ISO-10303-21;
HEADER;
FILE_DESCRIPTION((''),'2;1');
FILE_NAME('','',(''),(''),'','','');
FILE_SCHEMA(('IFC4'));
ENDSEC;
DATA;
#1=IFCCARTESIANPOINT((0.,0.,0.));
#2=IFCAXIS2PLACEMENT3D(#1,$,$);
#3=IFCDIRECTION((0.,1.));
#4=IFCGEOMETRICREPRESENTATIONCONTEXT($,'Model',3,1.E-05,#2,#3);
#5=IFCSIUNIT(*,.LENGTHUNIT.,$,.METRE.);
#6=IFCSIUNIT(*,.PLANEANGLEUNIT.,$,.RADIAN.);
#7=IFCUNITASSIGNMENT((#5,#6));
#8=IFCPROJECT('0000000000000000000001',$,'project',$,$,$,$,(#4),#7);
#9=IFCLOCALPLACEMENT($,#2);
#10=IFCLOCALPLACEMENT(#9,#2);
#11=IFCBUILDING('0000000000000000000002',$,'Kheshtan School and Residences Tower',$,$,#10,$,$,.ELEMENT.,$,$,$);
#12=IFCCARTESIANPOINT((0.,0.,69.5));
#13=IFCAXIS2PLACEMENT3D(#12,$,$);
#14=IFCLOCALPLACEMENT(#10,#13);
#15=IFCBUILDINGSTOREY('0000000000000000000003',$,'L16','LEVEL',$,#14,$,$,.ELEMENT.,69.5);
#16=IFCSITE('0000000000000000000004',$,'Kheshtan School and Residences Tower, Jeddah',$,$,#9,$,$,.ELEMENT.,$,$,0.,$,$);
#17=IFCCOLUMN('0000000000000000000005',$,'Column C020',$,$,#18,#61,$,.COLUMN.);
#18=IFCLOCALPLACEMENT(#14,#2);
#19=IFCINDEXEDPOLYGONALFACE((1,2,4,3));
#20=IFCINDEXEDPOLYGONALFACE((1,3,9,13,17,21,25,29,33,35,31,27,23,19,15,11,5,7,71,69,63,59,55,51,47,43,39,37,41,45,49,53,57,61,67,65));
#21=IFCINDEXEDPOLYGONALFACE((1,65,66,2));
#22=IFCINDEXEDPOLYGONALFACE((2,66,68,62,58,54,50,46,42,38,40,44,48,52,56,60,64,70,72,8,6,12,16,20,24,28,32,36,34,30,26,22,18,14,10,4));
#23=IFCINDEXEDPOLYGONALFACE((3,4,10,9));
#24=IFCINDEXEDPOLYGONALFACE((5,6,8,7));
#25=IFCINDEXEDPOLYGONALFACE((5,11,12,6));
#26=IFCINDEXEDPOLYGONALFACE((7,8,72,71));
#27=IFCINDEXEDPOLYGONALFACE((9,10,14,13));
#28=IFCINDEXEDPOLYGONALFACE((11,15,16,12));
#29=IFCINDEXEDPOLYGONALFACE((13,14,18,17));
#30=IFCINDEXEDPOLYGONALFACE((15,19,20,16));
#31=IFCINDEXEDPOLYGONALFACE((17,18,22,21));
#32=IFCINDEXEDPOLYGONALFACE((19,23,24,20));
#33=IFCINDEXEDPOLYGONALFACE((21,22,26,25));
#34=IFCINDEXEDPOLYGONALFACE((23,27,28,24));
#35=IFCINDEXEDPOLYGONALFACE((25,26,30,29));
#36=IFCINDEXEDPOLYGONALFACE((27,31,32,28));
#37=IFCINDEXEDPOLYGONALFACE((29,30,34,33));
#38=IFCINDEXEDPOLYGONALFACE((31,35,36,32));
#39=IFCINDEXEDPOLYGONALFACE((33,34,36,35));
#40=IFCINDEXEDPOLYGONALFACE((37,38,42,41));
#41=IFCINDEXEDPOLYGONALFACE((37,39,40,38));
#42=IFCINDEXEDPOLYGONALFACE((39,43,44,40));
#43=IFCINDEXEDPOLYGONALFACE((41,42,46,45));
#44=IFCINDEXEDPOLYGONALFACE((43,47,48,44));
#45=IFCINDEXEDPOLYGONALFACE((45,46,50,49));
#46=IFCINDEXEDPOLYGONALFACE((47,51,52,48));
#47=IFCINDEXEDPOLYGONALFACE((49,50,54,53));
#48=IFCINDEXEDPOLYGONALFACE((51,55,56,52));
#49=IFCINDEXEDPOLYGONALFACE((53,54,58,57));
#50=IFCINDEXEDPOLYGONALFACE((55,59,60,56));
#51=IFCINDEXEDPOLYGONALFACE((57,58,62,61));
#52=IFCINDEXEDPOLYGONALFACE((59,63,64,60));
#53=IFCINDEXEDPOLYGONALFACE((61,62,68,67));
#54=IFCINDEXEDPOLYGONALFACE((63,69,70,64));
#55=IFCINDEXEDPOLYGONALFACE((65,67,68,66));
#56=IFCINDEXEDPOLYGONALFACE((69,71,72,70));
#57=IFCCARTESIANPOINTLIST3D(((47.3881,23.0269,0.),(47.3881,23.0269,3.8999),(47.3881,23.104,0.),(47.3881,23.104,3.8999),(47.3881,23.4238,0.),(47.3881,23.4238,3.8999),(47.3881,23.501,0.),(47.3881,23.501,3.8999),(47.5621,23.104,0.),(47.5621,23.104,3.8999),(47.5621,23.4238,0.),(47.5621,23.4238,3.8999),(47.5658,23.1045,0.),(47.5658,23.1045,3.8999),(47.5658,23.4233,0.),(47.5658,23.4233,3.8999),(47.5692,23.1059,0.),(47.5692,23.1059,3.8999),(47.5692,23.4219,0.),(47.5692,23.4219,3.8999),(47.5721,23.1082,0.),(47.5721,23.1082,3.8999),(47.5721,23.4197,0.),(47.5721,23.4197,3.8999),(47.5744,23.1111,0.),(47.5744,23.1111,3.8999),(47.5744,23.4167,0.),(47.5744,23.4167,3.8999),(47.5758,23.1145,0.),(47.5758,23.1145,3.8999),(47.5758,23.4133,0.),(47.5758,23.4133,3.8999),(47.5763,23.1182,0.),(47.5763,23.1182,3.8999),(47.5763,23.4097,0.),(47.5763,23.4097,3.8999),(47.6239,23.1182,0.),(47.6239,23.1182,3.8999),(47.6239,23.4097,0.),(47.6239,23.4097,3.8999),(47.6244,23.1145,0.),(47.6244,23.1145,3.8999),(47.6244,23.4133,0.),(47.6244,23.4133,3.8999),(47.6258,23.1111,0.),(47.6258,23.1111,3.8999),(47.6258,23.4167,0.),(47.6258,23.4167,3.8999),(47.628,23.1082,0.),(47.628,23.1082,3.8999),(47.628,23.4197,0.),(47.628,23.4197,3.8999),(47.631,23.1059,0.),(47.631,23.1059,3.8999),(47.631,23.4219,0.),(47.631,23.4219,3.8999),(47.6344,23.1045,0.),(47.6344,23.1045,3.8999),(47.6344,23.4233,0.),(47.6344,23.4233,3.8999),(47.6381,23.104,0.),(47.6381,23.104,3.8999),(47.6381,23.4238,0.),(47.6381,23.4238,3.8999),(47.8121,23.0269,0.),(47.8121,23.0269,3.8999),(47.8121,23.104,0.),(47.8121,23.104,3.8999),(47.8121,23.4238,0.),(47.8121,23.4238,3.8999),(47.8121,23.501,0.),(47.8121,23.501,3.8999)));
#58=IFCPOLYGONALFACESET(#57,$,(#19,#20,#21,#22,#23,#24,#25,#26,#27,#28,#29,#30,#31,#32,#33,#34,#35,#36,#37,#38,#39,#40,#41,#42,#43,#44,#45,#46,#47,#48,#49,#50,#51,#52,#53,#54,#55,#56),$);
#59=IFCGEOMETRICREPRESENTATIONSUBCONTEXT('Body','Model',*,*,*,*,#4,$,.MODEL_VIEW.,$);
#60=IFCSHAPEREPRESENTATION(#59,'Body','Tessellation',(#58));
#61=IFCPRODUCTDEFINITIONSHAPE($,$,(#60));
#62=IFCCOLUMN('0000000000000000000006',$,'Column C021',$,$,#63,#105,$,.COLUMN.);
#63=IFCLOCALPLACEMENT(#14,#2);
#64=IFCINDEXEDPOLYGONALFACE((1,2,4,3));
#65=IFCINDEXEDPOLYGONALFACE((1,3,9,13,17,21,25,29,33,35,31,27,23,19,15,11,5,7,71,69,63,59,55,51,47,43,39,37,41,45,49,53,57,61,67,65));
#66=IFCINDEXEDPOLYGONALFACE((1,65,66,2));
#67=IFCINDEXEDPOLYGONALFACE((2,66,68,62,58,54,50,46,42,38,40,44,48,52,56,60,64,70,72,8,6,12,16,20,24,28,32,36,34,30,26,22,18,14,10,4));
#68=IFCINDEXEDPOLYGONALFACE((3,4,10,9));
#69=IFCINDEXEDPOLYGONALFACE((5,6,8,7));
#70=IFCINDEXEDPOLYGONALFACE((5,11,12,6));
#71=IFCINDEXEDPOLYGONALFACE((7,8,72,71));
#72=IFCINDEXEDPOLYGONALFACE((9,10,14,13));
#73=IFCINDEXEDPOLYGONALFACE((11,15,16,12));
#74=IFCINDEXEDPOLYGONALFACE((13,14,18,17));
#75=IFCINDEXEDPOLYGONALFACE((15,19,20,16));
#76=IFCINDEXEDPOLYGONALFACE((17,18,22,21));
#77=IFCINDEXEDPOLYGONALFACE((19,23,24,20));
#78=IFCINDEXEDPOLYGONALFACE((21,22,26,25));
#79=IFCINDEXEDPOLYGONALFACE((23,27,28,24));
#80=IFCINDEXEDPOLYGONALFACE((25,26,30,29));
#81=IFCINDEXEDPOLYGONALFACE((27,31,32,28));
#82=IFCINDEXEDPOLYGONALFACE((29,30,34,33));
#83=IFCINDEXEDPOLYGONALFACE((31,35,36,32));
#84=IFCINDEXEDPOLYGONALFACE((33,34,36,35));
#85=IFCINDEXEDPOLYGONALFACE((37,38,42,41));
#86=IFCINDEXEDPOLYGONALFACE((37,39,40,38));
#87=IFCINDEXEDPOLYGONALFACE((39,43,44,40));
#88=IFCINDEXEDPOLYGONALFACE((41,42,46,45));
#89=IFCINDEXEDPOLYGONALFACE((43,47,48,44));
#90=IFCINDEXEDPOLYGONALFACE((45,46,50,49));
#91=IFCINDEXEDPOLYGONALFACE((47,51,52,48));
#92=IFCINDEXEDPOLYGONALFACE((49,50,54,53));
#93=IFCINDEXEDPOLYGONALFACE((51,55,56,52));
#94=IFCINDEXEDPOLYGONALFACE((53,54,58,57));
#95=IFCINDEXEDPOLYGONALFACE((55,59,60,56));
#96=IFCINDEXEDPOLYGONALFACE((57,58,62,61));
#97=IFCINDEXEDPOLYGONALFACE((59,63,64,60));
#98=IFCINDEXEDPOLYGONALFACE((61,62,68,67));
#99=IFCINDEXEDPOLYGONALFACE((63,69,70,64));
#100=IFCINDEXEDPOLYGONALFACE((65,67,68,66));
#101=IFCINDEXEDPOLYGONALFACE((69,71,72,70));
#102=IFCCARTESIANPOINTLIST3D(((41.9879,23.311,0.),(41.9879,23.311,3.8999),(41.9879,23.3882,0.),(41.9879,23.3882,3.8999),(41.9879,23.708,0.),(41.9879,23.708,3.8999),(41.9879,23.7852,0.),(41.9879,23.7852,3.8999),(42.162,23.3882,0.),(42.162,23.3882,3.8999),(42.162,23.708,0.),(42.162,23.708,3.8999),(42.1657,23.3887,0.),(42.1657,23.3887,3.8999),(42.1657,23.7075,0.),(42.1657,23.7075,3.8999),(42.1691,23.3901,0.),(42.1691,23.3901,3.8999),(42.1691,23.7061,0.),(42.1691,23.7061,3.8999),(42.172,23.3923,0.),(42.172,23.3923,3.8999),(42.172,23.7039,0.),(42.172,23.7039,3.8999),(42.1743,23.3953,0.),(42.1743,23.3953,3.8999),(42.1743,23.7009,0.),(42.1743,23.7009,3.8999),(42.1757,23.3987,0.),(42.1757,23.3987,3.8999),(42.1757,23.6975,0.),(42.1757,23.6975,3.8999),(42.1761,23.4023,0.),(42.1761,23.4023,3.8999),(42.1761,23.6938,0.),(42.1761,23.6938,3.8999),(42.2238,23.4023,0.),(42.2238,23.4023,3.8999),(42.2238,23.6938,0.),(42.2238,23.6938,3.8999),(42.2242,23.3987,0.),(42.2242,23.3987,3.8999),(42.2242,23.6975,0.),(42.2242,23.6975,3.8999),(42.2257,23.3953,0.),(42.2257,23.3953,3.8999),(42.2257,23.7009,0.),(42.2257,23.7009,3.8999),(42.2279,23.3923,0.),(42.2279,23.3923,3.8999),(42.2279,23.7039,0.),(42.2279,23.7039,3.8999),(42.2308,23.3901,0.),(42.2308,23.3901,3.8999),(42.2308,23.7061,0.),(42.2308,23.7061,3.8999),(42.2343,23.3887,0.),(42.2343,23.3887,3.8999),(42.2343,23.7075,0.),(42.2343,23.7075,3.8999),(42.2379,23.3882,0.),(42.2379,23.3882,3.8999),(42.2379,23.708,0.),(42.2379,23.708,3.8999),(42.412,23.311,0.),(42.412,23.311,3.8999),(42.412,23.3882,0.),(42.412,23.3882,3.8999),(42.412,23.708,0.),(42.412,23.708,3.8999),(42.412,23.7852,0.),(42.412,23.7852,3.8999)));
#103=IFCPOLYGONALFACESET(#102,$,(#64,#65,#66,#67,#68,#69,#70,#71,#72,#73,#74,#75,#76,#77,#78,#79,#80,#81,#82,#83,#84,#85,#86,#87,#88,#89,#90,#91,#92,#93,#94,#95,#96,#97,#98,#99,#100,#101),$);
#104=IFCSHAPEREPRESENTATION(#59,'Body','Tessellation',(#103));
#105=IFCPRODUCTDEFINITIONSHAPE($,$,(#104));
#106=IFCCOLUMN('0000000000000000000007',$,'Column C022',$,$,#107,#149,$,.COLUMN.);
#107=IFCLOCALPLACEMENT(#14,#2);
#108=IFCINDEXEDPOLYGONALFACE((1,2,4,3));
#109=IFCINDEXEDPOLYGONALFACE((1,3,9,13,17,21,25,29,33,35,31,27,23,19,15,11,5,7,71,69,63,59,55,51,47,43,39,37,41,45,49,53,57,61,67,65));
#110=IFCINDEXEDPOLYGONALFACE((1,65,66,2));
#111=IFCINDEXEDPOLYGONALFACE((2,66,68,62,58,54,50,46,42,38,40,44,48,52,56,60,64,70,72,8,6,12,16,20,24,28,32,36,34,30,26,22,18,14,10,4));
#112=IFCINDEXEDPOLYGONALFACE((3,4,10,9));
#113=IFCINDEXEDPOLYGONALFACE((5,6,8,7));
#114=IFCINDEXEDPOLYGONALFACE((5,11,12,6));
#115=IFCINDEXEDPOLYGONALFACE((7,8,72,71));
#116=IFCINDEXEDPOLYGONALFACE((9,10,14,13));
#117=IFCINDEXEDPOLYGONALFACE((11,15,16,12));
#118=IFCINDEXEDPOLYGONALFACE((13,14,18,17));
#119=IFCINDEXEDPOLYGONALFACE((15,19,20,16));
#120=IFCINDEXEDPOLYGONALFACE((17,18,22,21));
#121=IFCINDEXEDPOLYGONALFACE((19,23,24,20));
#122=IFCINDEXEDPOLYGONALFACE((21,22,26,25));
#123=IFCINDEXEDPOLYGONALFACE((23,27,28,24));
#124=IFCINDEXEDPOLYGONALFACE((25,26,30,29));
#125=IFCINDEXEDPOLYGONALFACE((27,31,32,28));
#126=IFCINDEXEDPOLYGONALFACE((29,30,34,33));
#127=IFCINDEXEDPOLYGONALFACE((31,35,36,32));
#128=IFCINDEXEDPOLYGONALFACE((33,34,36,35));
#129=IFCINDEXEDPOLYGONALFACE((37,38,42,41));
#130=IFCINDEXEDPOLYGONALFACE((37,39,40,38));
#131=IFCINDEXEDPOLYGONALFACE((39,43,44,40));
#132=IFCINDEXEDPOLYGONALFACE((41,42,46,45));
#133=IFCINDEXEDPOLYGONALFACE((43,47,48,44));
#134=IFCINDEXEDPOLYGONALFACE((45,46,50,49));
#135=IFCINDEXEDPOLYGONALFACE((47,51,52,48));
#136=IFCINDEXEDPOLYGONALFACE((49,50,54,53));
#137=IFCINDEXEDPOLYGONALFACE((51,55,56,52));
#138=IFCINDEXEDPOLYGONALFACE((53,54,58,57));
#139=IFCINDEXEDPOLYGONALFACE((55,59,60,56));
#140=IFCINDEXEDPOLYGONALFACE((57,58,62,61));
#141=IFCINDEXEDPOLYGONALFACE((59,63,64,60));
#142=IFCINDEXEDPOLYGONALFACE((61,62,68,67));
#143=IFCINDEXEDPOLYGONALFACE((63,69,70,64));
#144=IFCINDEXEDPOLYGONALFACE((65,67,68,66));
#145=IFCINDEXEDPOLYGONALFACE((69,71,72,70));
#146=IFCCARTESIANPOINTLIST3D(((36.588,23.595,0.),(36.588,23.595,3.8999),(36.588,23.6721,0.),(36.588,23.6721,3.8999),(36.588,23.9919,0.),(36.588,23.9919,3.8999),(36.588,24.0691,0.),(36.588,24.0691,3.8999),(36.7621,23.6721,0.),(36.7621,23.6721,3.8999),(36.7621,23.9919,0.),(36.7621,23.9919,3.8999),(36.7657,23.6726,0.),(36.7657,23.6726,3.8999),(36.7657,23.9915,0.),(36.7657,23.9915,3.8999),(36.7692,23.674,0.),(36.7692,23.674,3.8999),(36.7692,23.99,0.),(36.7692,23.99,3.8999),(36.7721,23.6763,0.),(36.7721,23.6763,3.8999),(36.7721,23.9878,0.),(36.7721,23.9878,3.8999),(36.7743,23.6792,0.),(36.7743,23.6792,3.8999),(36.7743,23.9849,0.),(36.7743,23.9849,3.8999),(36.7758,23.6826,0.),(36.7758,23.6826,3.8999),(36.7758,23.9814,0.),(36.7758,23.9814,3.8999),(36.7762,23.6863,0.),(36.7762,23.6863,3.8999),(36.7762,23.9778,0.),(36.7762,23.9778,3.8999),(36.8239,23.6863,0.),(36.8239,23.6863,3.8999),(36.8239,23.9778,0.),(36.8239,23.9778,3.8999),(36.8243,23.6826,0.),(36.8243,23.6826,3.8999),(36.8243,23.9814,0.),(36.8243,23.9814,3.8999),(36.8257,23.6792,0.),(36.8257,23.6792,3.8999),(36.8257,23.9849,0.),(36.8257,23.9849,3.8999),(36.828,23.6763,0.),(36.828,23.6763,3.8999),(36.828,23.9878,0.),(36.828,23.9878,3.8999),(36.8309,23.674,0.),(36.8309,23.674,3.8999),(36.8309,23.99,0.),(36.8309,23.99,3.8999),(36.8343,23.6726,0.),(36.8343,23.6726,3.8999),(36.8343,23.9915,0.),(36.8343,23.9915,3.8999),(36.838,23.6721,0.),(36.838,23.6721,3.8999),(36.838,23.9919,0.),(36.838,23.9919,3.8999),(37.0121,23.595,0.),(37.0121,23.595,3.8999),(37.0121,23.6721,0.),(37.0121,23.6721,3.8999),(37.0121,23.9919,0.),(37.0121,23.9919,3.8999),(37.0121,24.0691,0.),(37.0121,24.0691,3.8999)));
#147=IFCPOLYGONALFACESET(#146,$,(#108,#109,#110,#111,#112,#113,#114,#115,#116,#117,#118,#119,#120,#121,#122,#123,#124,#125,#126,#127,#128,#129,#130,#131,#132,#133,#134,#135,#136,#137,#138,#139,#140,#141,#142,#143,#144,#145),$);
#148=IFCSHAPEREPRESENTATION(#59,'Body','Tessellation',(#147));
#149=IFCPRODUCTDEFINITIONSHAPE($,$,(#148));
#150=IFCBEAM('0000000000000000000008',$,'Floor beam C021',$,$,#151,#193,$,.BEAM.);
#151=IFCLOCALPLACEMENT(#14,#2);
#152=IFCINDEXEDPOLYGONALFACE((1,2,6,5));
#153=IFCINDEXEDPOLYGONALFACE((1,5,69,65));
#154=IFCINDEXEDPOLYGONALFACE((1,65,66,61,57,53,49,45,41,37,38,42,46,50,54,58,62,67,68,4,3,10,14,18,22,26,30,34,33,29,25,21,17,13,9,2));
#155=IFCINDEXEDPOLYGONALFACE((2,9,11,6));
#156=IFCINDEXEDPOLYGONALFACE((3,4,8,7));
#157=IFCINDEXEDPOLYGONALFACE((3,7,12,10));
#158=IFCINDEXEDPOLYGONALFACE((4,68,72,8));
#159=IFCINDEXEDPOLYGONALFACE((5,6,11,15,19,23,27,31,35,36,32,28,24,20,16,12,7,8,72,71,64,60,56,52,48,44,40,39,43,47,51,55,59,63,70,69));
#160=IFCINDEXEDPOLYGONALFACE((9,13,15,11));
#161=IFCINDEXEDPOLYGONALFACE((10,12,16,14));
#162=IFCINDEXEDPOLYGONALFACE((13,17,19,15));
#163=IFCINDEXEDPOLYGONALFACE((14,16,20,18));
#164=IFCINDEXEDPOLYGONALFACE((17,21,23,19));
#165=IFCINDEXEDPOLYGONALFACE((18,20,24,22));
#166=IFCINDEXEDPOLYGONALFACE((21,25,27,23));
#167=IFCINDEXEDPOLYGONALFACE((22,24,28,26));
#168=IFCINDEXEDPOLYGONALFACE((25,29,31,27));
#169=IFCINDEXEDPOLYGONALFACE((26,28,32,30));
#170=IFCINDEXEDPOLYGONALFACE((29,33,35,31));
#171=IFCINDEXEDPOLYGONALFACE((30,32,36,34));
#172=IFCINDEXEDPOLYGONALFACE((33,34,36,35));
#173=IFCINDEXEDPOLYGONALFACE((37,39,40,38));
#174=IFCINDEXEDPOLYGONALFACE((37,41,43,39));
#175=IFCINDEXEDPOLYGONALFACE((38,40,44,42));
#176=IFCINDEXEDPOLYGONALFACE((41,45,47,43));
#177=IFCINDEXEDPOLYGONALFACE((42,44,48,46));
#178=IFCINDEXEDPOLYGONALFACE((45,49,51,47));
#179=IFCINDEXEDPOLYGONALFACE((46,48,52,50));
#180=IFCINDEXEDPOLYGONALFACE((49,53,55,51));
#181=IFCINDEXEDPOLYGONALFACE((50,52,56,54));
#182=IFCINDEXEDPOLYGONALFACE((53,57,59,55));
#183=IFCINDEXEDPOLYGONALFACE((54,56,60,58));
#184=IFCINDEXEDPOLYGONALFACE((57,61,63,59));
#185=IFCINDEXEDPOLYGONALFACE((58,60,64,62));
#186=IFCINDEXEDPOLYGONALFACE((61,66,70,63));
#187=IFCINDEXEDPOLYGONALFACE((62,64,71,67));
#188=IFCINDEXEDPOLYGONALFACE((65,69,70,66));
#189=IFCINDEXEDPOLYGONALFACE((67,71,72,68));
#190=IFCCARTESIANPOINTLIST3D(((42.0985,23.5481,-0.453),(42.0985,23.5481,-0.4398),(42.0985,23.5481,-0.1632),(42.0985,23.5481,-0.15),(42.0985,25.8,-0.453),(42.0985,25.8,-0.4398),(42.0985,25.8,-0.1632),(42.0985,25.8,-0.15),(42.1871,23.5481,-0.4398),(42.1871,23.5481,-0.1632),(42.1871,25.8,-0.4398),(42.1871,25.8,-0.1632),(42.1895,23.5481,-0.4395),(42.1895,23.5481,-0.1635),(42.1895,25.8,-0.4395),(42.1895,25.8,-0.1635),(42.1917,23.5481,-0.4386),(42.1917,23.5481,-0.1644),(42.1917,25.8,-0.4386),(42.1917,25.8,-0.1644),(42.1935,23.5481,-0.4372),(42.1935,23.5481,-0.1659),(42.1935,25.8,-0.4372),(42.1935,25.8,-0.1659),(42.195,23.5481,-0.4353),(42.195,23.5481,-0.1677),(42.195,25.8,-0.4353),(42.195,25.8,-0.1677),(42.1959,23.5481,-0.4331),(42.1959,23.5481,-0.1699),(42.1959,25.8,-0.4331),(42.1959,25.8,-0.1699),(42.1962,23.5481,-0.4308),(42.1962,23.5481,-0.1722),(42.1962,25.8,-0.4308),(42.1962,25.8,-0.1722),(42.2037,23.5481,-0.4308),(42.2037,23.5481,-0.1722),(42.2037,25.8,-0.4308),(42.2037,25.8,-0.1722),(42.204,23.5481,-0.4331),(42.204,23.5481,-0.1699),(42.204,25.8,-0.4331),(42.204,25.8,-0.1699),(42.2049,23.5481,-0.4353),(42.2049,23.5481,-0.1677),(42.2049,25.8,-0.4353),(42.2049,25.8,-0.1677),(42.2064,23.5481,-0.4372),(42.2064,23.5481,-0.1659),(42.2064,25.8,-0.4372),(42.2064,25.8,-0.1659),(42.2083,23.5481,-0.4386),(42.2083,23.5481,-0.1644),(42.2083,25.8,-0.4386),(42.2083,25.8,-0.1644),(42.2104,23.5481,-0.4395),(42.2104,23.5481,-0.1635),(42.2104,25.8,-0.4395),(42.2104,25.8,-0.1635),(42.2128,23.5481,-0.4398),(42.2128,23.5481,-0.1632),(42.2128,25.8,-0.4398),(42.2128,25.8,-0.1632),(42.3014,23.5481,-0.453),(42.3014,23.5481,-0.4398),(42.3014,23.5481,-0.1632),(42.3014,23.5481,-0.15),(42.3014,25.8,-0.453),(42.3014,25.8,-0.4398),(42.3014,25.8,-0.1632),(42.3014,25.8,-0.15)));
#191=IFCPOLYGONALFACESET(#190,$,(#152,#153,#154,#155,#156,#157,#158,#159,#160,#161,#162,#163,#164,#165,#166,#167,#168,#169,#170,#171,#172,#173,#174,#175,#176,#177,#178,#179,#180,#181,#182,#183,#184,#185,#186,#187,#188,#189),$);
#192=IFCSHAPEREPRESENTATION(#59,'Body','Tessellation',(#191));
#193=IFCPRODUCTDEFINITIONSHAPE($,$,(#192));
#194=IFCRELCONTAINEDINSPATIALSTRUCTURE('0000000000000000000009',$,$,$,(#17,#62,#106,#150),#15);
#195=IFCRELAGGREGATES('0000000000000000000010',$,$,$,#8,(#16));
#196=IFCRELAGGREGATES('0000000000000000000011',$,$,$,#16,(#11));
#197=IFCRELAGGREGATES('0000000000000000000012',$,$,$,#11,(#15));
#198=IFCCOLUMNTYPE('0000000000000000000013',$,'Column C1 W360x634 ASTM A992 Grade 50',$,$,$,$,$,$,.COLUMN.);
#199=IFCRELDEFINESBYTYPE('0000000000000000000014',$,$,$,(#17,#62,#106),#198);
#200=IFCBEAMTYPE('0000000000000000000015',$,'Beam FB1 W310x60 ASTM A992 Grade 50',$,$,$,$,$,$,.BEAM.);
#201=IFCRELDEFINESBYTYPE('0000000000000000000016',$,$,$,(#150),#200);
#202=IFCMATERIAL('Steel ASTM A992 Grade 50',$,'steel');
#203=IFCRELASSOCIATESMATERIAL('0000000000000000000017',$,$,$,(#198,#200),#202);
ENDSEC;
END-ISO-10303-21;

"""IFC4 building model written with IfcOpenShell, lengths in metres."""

from ifc_helpers import new_model, si_unit, direction, frame, origin, origin_2d, place, context, subcontext, project, spatial, i_section, extrude, material, material_profile, profile_set, type_object, element, save


model = new_model("IFC4")

# Units and contexts
model_context = context("Model", 3, precision=1e-05, world=origin(), true_north=direction((0.0, 1.0)))
body_context = subcontext(model_context, "Body", "Model", "MODEL_VIEW")
ifc_project = project(units=[si_unit("LENGTHUNIT", "METRE"), si_unit("PLANEANGLEUNIT", "RADIAN")], contexts=[model_context])

# Site, building, storey
site_placement = place(None, origin())
site = spatial("IfcSite", under=ifc_project, at=site_placement, Name="Kheshtan School and Residences Tower, Jeddah", CompositionType="ELEMENT", RefElevation=0.0)
building_placement = place(site_placement, origin())
building = spatial("IfcBuilding", under=site, at=building_placement, Name="Kheshtan School and Residences Tower", CompositionType="ELEMENT")
storey_placement = place(building_placement, frame((0.0, 0.0, 69.5)))
storey = spatial("IfcBuildingStorey", under=building, at=storey_placement, Name="L16", Description="LEVEL", CompositionType="ELEMENT", Elevation=69.5)

# Columns
ifc_material_1 = material(Name="Steel ASTM A992 Grade 50", Category="steel")
ifc_material_profile_1 = material_profile(ifc_material_1, i_section(OverallWidth=0.4241, OverallDepth=0.4741, WebThickness=0.0476, FlangeThickness=0.0771, FilletRadius=0.0142, at=origin_2d()), Name="W360x634")
ifc_profile_set_1 = profile_set([ifc_material_profile_1], Name="Steel ASTM A992 Grade 50")
column_type = type_object("IfcColumnType", Name="Column C1 W360x634 ASTM A992 Grade 50", PredefinedType="COLUMN", material=ifc_profile_set_1)
for number, where, z_axis, x_axis, name in (
    (1, (47.6001, 23.2639, 0.0), (0.0, 0.0, 1.0), (1.0, 0.0, 0.0), "Column C020"),
    (2, (42.2, 23.5481, 0.0), (0.0, 0.0, 1.0), (1.0, 0.0, 0.0), "Column C021"),
    (3, (36.8, 23.832, 0.0), (0.0, 0.0, 1.0), (1.0, 0.0, 0.0), "Column C022"),
):
    element("IfcColumn", number, at=place(storey_placement, frame(where, z_axis=z_axis, x_axis=x_axis)), inside=storey, type_object=column_type, Name=name, PredefinedType="COLUMN", context=body_context, shape_type="SweptSolid", body=[
        extrude(i_section(OverallWidth=0.4241, OverallDepth=0.4741, WebThickness=0.0476, FlangeThickness=0.0771, FilletRadius=0.0142, at=origin_2d()), origin(), (0.0, 0.0, 1.0), 3.8999),
    ])

# Beam
ifc_material_profile_2 = material_profile(ifc_material_1, i_section(OverallWidth=0.2029, OverallDepth=0.303, WebThickness=0.0076, FlangeThickness=0.0132, FilletRadius=0.009, at=origin_2d()), Name="W310x60")
ifc_profile_set_2 = profile_set([ifc_material_profile_2], Name="Steel ASTM A992 Grade 50")
beam_type_1 = type_object("IfcBeamType", Name="Beam FB1 W310x60 ASTM A992 Grade 50", PredefinedType="BEAM", material=ifc_profile_set_2)
beam_1_placement = place(storey_placement, frame((42.2, 23.5481, -0.3015), z_axis=(0.0, 1.0, 0.0), x_axis=(-1.0, 0.0, 0.0)))
element("IfcBeam", 4, at=beam_1_placement, inside=storey, type_object=beam_type_1, Name="Floor beam C021", PredefinedType="BEAM", context=body_context, shape_type="SweptSolid", body=[
    extrude(i_section(OverallWidth=0.2029, OverallDepth=0.303, WebThickness=0.0076, FlangeThickness=0.0132, FilletRadius=0.009, at=origin_2d()), origin(), (0.0, 0.0, 1.0), 2.252),
])

save(model, "model.ifc")
